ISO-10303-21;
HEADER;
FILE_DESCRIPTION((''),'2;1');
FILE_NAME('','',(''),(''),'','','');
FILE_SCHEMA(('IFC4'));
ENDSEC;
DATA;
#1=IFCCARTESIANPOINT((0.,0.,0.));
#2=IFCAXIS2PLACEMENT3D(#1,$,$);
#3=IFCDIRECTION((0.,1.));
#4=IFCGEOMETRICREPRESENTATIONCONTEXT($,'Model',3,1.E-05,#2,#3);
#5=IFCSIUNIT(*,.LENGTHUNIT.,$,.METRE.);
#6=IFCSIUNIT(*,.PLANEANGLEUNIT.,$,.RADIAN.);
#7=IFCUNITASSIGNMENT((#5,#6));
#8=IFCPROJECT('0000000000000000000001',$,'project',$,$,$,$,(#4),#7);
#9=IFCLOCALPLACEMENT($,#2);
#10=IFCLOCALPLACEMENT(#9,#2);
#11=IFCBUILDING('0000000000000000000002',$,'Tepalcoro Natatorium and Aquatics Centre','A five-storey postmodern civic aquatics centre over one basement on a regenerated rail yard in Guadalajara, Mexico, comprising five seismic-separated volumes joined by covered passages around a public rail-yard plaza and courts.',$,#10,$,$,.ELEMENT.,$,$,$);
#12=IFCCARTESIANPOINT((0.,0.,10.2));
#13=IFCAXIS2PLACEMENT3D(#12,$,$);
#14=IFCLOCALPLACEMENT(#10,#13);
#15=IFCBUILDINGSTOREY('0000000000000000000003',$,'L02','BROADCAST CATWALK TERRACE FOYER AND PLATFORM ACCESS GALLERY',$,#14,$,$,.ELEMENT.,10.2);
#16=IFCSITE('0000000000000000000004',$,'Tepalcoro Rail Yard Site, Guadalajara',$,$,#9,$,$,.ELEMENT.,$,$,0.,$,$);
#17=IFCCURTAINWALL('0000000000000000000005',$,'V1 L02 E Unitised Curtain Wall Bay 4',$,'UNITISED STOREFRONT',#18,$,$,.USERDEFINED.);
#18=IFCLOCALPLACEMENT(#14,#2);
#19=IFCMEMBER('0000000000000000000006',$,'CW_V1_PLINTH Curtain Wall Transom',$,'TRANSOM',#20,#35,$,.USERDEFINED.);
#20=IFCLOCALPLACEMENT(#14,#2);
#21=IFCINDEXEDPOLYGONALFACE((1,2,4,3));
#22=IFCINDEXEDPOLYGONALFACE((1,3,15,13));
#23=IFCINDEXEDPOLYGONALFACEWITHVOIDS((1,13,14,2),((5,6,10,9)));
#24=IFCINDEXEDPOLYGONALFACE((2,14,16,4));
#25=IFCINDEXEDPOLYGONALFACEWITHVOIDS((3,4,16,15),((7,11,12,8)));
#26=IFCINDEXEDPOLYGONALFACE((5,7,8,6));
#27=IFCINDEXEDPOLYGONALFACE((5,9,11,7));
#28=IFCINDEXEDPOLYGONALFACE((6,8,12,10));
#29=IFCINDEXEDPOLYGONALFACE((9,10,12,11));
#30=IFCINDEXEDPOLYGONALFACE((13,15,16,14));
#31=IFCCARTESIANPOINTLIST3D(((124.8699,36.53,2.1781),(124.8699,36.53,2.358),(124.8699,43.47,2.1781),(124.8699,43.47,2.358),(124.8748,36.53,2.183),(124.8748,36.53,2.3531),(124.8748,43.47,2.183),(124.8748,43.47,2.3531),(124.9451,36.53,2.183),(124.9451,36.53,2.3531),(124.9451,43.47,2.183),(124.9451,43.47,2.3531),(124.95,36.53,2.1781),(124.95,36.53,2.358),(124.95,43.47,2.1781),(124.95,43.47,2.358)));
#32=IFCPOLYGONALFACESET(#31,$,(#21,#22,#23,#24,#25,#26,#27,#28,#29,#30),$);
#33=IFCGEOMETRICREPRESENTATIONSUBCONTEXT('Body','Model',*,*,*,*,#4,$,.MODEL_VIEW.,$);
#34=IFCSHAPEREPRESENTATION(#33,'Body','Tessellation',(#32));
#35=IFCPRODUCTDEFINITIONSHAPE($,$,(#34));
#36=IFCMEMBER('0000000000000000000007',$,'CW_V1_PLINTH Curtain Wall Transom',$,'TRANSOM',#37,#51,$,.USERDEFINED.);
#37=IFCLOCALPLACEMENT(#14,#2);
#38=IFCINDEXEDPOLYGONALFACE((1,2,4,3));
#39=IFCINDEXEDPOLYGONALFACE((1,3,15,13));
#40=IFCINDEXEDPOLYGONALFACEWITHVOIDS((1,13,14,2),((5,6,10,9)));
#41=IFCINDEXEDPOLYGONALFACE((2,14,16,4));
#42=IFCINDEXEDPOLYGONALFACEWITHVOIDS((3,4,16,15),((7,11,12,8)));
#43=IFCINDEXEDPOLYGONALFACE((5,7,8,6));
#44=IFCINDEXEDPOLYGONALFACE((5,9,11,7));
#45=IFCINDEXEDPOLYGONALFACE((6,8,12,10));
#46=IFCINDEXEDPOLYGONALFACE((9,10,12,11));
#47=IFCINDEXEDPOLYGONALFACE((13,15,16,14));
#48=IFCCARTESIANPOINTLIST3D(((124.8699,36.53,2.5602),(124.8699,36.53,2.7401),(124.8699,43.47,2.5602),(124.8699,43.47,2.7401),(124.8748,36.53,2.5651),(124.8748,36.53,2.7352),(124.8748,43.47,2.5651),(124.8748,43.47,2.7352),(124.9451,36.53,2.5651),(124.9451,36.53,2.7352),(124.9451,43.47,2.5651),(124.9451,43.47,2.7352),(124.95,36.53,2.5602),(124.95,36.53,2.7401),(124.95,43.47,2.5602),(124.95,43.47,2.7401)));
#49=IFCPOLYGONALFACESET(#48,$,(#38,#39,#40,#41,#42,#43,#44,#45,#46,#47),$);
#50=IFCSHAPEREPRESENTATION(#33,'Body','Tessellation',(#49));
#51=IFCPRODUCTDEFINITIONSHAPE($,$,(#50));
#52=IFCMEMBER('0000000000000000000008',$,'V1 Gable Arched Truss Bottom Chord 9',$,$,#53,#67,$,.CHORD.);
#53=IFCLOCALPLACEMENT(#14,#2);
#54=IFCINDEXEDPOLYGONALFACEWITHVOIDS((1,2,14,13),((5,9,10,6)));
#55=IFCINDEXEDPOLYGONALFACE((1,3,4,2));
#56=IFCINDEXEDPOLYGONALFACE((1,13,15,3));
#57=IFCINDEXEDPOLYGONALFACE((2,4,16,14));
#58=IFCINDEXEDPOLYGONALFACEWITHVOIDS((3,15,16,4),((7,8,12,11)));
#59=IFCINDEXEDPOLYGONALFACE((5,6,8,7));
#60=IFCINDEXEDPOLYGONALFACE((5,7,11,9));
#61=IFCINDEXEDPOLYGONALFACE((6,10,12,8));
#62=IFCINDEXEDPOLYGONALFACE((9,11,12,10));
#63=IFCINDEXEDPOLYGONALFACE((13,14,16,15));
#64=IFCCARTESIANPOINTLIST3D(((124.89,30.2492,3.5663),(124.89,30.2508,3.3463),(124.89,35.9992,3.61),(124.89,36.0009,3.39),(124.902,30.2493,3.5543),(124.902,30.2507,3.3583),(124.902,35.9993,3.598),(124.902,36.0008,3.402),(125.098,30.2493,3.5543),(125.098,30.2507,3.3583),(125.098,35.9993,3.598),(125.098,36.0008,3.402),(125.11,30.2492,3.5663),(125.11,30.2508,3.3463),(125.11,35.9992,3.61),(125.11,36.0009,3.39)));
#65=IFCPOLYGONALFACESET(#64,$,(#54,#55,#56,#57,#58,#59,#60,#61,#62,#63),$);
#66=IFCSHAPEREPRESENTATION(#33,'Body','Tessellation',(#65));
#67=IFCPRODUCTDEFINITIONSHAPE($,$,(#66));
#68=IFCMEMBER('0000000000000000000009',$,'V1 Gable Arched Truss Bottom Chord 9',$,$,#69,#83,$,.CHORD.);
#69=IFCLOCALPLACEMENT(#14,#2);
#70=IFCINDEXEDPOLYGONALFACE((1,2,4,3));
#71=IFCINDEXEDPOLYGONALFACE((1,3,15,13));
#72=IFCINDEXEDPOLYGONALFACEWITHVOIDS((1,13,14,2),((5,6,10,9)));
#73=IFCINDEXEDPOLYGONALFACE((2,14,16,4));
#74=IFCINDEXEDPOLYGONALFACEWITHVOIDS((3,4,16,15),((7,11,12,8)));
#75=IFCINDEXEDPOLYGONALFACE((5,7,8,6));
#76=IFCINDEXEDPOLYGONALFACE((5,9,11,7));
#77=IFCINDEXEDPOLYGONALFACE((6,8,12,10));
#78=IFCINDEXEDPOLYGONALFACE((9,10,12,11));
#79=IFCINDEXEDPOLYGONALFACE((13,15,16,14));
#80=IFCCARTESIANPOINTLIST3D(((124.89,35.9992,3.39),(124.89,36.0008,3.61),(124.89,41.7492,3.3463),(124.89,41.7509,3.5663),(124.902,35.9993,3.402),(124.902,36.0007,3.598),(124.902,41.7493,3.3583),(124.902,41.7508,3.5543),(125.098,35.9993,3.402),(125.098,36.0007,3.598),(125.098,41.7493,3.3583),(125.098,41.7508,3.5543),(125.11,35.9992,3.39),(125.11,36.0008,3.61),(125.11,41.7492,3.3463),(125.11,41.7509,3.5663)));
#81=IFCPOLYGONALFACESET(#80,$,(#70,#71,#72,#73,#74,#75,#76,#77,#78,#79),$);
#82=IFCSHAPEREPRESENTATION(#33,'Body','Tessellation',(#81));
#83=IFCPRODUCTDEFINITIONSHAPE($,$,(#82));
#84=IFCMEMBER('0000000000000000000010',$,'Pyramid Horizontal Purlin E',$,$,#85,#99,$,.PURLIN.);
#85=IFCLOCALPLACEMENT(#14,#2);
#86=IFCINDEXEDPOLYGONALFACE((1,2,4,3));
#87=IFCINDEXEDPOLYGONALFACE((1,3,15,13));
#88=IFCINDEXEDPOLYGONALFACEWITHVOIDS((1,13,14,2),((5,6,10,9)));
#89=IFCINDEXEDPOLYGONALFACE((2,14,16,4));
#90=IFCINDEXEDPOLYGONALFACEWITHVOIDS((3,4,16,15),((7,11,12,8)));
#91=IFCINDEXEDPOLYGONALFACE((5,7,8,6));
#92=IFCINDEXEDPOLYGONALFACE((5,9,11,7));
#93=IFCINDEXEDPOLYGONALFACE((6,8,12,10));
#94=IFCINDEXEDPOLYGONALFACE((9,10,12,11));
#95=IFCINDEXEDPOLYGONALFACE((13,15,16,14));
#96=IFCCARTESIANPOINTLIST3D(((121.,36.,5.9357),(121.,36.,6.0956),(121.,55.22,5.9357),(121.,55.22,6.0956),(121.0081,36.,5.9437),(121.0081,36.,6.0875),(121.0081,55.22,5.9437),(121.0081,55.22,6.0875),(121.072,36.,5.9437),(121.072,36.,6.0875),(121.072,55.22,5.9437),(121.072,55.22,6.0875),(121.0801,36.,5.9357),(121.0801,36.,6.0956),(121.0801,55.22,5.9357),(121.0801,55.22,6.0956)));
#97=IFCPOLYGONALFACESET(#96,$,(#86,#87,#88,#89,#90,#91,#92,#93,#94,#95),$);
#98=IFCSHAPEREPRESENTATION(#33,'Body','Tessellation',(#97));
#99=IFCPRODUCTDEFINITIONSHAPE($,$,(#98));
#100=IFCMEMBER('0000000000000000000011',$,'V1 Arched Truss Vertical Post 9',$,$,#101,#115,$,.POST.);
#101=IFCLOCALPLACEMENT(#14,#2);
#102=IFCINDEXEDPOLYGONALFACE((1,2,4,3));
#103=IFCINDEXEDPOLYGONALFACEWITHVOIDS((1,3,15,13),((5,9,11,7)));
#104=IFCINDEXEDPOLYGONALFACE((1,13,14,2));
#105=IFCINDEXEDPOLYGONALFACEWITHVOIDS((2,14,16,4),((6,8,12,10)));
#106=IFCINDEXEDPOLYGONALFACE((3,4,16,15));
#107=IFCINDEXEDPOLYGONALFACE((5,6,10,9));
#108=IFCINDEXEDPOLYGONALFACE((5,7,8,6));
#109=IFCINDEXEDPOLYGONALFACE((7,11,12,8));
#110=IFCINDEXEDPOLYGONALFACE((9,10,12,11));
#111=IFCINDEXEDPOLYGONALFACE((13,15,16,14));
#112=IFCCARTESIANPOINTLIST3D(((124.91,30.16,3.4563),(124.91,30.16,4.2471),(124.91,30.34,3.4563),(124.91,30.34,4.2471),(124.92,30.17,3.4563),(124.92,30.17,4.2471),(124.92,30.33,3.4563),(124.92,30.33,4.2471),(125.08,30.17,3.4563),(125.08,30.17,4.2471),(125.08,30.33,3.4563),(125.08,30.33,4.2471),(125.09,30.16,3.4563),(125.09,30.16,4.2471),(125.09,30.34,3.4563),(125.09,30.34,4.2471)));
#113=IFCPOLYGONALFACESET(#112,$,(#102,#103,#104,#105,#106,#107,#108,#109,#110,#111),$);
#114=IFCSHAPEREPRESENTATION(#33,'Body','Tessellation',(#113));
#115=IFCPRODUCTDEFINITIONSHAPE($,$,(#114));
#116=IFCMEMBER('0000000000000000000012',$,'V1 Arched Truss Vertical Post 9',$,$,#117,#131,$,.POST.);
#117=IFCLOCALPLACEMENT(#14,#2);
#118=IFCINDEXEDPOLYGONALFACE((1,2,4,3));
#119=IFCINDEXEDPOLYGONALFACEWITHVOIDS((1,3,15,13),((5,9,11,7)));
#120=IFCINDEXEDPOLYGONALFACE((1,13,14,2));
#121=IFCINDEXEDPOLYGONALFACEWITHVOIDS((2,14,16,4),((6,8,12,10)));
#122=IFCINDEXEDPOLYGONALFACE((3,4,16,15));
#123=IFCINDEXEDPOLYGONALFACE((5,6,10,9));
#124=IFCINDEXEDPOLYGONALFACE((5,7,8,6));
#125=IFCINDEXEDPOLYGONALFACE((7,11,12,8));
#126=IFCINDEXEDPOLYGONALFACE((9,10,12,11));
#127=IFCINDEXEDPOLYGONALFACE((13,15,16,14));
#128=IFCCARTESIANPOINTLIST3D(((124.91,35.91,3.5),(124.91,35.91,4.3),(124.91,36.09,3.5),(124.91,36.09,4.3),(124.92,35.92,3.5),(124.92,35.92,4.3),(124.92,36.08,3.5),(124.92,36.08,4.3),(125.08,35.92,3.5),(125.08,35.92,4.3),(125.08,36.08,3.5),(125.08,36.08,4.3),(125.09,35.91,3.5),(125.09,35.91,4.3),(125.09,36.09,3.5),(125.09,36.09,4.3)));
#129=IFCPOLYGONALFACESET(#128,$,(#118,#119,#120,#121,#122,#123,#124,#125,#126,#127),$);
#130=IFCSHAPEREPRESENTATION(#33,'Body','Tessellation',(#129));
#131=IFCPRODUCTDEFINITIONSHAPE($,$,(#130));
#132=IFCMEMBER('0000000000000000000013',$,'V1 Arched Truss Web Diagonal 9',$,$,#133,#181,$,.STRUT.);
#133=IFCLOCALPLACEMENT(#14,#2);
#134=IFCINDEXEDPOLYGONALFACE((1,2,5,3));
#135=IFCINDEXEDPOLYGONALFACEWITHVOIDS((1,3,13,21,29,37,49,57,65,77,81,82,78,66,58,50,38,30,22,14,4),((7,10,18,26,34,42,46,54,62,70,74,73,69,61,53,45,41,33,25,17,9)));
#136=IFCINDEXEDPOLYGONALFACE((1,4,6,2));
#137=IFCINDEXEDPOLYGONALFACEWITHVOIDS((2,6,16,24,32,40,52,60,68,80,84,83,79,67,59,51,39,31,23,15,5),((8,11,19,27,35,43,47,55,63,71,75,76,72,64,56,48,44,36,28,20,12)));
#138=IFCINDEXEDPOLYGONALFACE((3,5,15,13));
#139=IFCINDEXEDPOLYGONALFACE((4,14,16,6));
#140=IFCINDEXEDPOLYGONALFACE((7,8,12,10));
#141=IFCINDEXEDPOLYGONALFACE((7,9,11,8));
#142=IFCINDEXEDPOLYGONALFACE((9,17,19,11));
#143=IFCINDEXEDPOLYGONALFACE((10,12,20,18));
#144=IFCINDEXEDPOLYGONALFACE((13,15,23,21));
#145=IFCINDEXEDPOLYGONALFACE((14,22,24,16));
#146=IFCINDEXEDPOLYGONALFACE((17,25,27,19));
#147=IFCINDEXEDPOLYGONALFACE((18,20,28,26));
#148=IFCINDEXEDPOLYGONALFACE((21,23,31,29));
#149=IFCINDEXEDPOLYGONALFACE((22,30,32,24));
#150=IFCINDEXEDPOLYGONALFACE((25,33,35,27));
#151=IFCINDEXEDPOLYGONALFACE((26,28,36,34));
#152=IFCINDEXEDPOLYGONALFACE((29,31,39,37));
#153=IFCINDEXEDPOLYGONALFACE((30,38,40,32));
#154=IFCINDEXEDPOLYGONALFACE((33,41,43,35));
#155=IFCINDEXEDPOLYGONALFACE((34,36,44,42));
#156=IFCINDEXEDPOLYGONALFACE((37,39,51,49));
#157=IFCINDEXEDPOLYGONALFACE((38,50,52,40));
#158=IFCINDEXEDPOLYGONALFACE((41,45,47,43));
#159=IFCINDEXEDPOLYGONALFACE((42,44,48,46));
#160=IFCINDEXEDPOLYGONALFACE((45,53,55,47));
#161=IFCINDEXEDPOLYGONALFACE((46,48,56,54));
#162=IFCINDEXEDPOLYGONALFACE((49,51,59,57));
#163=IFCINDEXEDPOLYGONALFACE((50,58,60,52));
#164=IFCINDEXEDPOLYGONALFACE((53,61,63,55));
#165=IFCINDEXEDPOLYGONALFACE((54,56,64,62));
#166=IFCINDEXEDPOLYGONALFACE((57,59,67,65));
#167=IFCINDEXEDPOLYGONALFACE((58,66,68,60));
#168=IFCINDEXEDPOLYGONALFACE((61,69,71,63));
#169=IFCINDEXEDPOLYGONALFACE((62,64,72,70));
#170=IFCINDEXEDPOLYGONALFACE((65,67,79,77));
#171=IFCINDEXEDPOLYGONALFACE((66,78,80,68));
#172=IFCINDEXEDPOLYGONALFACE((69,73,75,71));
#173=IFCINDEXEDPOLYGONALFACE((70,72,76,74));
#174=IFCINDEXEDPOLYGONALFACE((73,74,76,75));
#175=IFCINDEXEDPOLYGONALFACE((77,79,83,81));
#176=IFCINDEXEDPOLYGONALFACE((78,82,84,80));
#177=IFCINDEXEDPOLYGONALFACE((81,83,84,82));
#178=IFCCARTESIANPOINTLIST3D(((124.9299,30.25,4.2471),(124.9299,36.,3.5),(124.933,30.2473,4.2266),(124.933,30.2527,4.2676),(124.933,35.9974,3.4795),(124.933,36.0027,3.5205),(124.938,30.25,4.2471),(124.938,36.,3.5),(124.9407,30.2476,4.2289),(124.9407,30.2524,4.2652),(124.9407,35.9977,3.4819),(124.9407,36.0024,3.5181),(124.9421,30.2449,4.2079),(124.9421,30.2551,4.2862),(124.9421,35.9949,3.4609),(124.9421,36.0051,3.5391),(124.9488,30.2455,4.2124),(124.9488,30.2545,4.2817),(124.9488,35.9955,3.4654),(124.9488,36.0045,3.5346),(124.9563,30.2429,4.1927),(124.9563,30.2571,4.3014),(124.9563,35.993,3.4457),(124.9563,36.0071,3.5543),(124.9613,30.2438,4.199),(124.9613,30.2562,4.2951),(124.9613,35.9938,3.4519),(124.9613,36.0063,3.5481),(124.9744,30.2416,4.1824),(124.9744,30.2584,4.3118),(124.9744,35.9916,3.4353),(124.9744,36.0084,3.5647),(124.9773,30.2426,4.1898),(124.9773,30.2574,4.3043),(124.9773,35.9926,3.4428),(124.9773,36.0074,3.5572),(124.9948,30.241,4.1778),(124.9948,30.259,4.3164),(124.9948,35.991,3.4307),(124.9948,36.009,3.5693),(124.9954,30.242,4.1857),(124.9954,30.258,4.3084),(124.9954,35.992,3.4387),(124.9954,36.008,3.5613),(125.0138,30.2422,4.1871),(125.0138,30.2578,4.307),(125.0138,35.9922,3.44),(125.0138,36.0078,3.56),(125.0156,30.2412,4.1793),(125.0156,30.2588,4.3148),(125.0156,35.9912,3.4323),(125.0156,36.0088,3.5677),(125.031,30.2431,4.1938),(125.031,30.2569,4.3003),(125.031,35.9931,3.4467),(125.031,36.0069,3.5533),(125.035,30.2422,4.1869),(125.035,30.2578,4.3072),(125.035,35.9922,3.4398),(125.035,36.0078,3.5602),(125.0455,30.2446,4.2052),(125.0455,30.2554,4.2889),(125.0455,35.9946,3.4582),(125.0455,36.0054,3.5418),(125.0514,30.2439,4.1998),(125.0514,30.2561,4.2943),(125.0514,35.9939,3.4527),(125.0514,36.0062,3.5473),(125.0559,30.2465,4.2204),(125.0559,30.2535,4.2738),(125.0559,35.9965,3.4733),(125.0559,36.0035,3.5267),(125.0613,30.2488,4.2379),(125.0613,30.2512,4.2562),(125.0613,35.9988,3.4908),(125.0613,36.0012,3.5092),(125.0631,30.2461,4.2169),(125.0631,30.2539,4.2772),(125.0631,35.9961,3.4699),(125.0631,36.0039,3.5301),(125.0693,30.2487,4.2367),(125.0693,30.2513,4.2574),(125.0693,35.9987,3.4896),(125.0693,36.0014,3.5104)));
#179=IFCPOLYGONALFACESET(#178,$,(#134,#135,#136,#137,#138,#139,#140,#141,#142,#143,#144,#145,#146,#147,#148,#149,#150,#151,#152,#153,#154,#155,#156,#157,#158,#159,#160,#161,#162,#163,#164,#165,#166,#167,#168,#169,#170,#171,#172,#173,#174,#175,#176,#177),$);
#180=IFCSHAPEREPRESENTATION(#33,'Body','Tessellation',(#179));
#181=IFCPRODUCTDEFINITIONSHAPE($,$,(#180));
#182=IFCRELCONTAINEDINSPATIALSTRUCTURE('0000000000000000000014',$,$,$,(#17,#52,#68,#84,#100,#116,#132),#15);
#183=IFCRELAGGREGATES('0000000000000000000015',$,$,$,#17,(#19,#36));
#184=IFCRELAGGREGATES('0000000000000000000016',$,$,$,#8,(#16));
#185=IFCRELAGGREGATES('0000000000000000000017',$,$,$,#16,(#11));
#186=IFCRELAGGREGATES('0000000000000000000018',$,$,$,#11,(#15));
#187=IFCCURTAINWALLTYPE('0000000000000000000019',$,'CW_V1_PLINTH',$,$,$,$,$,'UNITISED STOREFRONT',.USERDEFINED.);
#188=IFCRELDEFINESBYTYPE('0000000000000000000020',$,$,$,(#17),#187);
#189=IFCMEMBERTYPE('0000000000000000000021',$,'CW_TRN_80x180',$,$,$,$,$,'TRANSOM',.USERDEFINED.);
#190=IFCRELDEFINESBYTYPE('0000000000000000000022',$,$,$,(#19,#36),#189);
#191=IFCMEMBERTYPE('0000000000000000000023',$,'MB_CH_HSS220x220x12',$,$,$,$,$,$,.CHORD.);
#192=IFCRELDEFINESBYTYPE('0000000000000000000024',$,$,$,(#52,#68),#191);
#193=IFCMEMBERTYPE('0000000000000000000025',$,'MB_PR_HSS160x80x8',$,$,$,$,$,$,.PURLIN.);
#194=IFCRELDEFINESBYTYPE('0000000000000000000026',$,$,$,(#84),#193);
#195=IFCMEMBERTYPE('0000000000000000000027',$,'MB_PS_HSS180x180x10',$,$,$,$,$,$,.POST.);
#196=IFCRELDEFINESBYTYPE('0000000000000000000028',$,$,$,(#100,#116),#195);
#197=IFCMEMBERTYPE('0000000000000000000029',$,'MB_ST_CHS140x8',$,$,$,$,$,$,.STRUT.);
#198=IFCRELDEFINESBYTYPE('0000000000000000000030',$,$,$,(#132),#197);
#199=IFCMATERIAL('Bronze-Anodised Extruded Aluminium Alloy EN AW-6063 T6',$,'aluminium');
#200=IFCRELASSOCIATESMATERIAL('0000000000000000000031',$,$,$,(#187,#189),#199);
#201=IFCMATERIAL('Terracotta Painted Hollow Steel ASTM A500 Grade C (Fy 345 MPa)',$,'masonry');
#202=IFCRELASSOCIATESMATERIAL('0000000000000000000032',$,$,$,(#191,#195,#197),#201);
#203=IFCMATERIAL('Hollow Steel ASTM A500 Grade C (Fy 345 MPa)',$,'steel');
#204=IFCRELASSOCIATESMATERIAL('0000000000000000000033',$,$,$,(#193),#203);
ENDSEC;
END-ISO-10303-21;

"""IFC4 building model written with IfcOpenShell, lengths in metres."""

from ifc_helpers import new_model, si_unit, direction, frame, origin, origin_2d, place, context, subcontext, project, spatial, hollow_rectangle, hollow_circle, extrude, material, material_profile, profile_set, type_object, element, aggregate, save


model = new_model("IFC4")

# Units and contexts
model_context = context("Model", 3, precision=1e-05, world=origin(), true_north=direction((0.0, 1.0)))
body_context = subcontext(model_context, "Body", "Model", "MODEL_VIEW")
ifc_project = project(units=[si_unit("LENGTHUNIT", "METRE"), si_unit("PLANEANGLEUNIT", "RADIAN")], contexts=[model_context])

# Site, building, storey
site_placement = place(None, origin())
site = spatial("IfcSite", under=ifc_project, at=site_placement, Name="Tepalcoro Rail Yard Site, Guadalajara", CompositionType="ELEMENT", RefElevation=0.0)
building_placement = place(site_placement, origin())
building = spatial("IfcBuilding", under=site, at=building_placement, Name="Tepalcoro Natatorium and Aquatics Centre", Description="A five-storey postmodern civic aquatics centre over one basement on a regenerated rail yard in Guadalajara, Mexico, comprising five seismic-separated volumes joined by covered passages around a public rail-yard plaza and courts.", CompositionType="ELEMENT")
storey_placement = place(building_placement, frame((0.0, 0.0, 10.2)))
storey = spatial("IfcBuildingStorey", under=building, at=storey_placement, Name="L02", Description="BROADCAST CATWALK TERRACE FOYER AND PLATFORM ACCESS GALLERY", CompositionType="ELEMENT", Elevation=10.2)

# Shared definitions
ifc_material_1 = material(Name="Terracotta Painted Hollow Steel ASTM A500 Grade C (Fy 345 MPa)", Category="masonry")

# Curtain wall, members
ifc_material_2 = material(Name="Bronze-Anodised Extruded Aluminium Alloy EN AW-6063 T6", Category="aluminium")
curtain_wall_type_1 = type_object("IfcCurtainWallType", Name="CW_V1_PLINTH", ElementType="UNITISED STOREFRONT", PredefinedType="USERDEFINED", material=ifc_material_2)
curtain_wall_1_placement = place(storey_placement, origin())
curtain_wall_1 = element("IfcCurtainWall", 1, at=curtain_wall_1_placement, inside=storey, type_object=curtain_wall_type_1, Name="V1 L02 E Unitised Curtain Wall Bay 4", ObjectType="UNITISED STOREFRONT", PredefinedType="USERDEFINED")
ifc_material_profile_1 = material_profile(ifc_material_2, hollow_rectangle(XDim=0.0801, YDim=0.1799, WallThickness=0.0049, at=origin_2d()), Name="AL80X180X5")
ifc_profile_set_1 = profile_set([ifc_material_profile_1], Name="Bronze-Anodised Extruded Aluminium Alloy EN AW-6063 T6")
member_type_1 = type_object("IfcMemberType", Name="CW_TRN_80x180", ElementType="TRANSOM", PredefinedType="USERDEFINED", material=ifc_profile_set_1)
member_1_placement = place(storey_placement, frame((124.9099, 36.53, 2.2681), z_axis=(0.0, 1.0, 0.0), x_axis=(-1.0, 0.0, 0.0)))
member_1 = element("IfcMember", 2, at=member_1_placement, type_object=member_type_1, Name="CW_V1_PLINTH Curtain Wall Transom", ObjectType="TRANSOM", PredefinedType="USERDEFINED", context=body_context, shape_type="SweptSolid", body=[
    extrude(hollow_rectangle(XDim=0.0801, YDim=0.1799, WallThickness=0.0049, at=origin_2d()), origin(), (0.0, 0.0, 1.0), 6.9399),
])
member_2_placement = place(storey_placement, frame((124.9099, 36.53, 2.6501), z_axis=(0.0, 1.0, 0.0), x_axis=(-1.0, 0.0, 0.0)))
member_2 = element("IfcMember", 3, at=member_2_placement, type_object=member_type_1, Name="CW_V1_PLINTH Curtain Wall Transom", ObjectType="TRANSOM", PredefinedType="USERDEFINED", context=body_context, shape_type="SweptSolid", body=[
    extrude(hollow_rectangle(XDim=0.0801, YDim=0.1799, WallThickness=0.0049, at=origin_2d()), origin(), (0.0, 0.0, 1.0), 6.9399),
])

# Members
ifc_material_profile_2 = material_profile(ifc_material_1, hollow_rectangle(XDim=0.22, YDim=0.22, WallThickness=0.012, at=origin_2d()), Name="HSS220X220X12")
ifc_profile_set_2 = profile_set([ifc_material_profile_2], Name="Terracotta Painted Hollow Steel ASTM A500 Grade C (Fy 345 MPa)")
member_type_2 = type_object("IfcMemberType", Name="MB_CH_HSS220x220x12", PredefinedType="CHORD", material=ifc_profile_set_2)
for number, where, z_axis, x_axis, name in (
    (4, (125.0, 30.25, 3.4563), (0.0, 0.999971, 0.0076), (-1.0, 0.0, 0.0), "V1 Gable Arched Truss Bottom Chord 9"),
    (5, (125.0, 36.0, 3.5), (0.0, 0.999971, -0.0076), (-1.0, 0.0, 0.0), "V1 Gable Arched Truss Bottom Chord 9"),
):
    element("IfcMember", number, at=place(storey_placement, frame(where, z_axis=z_axis, x_axis=x_axis)), inside=storey, type_object=member_type_2, Name=name, PredefinedType="CHORD", context=body_context, shape_type="SweptSolid", body=[
        extrude(hollow_rectangle(XDim=0.22, YDim=0.22, WallThickness=0.012, at=origin_2d()), origin(), (0.0, 0.0, 1.0), 5.7502),
    ])
ifc_material_3 = material(Name="Hollow Steel ASTM A500 Grade C (Fy 345 MPa)", Category="steel")
ifc_material_profile_3 = material_profile(ifc_material_3, hollow_rectangle(XDim=0.0801, YDim=0.1599, WallThickness=0.0081, at=origin_2d()), Name="HSS160X80X8")
ifc_profile_set_3 = profile_set([ifc_material_profile_3], Name="Hollow Steel ASTM A500 Grade C (Fy 345 MPa)")
member_type_3 = type_object("IfcMemberType", Name="MB_PR_HSS160x80x8", PredefinedType="PURLIN", material=ifc_profile_set_3)
member_3_placement = place(storey_placement, frame((121.04, 36.0, 6.0156), z_axis=(0.0, 1.0, 0.0), x_axis=(-1.0, 0.0, 0.0)))
element("IfcMember", 6, at=member_3_placement, inside=storey, type_object=member_type_3, Name="Pyramid Horizontal Purlin E", PredefinedType="PURLIN", context=body_context, shape_type="SweptSolid", body=[
    extrude(hollow_rectangle(XDim=0.0801, YDim=0.1599, WallThickness=0.0081, at=origin_2d()), origin(), (0.0, 0.0, 1.0), 19.22),
])
ifc_material_profile_4 = material_profile(ifc_material_1, hollow_rectangle(XDim=0.1799, YDim=0.1799, WallThickness=0.01, at=origin_2d()), Name="HSS180X180X10")
ifc_profile_set_4 = profile_set([ifc_material_profile_4], Name="Terracotta Painted Hollow Steel ASTM A500 Grade C (Fy 345 MPa)")
member_type_4 = type_object("IfcMemberType", Name="MB_PS_HSS180x180x10", PredefinedType="POST", material=ifc_profile_set_4)
member_4_placement = place(storey_placement, frame((125.0, 30.25, 3.4563), z_axis=(0.0, 0.0, 1.0), x_axis=(1.0, 0.0, 0.0)))
element("IfcMember", 7, at=member_4_placement, inside=storey, type_object=member_type_4, Name="V1 Arched Truss Vertical Post 9", PredefinedType="POST", context=body_context, shape_type="SweptSolid", body=[
    extrude(hollow_rectangle(XDim=0.1799, YDim=0.1799, WallThickness=0.01, at=origin_2d()), origin(), (0.0, 0.0, 1.0), 0.7908),
])
member_5_placement = place(storey_placement, frame((125.0, 36.0, 3.5), z_axis=(0.0, 0.0, 1.0), x_axis=(1.0, 0.0, 0.0)))
element("IfcMember", 8, at=member_5_placement, inside=storey, type_object=member_type_4, Name="V1 Arched Truss Vertical Post 9", PredefinedType="POST", context=body_context, shape_type="SweptSolid", body=[
    extrude(hollow_rectangle(XDim=0.1799, YDim=0.1799, WallThickness=0.01, at=origin_2d()), origin(), (0.0, 0.0, 1.0), 0.8),
])
ifc_material_profile_5 = material_profile(ifc_material_1, hollow_circle(Radius=0.0701, WallThickness=0.0081, at=origin_2d()), Name="CHS140X8")
ifc_profile_set_5 = profile_set([ifc_material_profile_5], Name="Terracotta Painted Hollow Steel ASTM A500 Grade C (Fy 345 MPa)")
member_type_5 = type_object("IfcMemberType", Name="MB_ST_CHS140x8", PredefinedType="STRUT", material=ifc_profile_set_5)
for number, where, z_axis, x_axis, name in (
    (9, (125.0, 30.25, 4.2471), (0.0, 0.991665, -0.128842), (-1.0, 0.0, 0.0), "V1 Arched Truss Web Diagonal 9"),
):
    element("IfcMember", number, at=place(storey_placement, frame(where, z_axis=z_axis, x_axis=x_axis)), inside=storey, type_object=member_type_5, Name=name, PredefinedType="STRUT", context=body_context, shape_type="SweptSolid", body=[
        extrude(hollow_circle(Radius=0.0701, WallThickness=0.0081, at=origin_2d()), origin(), (0.0, 0.0, 1.0), 5.7983),
    ])

aggregate(curtain_wall_1, [member_1, member_2])

save(model, "model.ifc")
